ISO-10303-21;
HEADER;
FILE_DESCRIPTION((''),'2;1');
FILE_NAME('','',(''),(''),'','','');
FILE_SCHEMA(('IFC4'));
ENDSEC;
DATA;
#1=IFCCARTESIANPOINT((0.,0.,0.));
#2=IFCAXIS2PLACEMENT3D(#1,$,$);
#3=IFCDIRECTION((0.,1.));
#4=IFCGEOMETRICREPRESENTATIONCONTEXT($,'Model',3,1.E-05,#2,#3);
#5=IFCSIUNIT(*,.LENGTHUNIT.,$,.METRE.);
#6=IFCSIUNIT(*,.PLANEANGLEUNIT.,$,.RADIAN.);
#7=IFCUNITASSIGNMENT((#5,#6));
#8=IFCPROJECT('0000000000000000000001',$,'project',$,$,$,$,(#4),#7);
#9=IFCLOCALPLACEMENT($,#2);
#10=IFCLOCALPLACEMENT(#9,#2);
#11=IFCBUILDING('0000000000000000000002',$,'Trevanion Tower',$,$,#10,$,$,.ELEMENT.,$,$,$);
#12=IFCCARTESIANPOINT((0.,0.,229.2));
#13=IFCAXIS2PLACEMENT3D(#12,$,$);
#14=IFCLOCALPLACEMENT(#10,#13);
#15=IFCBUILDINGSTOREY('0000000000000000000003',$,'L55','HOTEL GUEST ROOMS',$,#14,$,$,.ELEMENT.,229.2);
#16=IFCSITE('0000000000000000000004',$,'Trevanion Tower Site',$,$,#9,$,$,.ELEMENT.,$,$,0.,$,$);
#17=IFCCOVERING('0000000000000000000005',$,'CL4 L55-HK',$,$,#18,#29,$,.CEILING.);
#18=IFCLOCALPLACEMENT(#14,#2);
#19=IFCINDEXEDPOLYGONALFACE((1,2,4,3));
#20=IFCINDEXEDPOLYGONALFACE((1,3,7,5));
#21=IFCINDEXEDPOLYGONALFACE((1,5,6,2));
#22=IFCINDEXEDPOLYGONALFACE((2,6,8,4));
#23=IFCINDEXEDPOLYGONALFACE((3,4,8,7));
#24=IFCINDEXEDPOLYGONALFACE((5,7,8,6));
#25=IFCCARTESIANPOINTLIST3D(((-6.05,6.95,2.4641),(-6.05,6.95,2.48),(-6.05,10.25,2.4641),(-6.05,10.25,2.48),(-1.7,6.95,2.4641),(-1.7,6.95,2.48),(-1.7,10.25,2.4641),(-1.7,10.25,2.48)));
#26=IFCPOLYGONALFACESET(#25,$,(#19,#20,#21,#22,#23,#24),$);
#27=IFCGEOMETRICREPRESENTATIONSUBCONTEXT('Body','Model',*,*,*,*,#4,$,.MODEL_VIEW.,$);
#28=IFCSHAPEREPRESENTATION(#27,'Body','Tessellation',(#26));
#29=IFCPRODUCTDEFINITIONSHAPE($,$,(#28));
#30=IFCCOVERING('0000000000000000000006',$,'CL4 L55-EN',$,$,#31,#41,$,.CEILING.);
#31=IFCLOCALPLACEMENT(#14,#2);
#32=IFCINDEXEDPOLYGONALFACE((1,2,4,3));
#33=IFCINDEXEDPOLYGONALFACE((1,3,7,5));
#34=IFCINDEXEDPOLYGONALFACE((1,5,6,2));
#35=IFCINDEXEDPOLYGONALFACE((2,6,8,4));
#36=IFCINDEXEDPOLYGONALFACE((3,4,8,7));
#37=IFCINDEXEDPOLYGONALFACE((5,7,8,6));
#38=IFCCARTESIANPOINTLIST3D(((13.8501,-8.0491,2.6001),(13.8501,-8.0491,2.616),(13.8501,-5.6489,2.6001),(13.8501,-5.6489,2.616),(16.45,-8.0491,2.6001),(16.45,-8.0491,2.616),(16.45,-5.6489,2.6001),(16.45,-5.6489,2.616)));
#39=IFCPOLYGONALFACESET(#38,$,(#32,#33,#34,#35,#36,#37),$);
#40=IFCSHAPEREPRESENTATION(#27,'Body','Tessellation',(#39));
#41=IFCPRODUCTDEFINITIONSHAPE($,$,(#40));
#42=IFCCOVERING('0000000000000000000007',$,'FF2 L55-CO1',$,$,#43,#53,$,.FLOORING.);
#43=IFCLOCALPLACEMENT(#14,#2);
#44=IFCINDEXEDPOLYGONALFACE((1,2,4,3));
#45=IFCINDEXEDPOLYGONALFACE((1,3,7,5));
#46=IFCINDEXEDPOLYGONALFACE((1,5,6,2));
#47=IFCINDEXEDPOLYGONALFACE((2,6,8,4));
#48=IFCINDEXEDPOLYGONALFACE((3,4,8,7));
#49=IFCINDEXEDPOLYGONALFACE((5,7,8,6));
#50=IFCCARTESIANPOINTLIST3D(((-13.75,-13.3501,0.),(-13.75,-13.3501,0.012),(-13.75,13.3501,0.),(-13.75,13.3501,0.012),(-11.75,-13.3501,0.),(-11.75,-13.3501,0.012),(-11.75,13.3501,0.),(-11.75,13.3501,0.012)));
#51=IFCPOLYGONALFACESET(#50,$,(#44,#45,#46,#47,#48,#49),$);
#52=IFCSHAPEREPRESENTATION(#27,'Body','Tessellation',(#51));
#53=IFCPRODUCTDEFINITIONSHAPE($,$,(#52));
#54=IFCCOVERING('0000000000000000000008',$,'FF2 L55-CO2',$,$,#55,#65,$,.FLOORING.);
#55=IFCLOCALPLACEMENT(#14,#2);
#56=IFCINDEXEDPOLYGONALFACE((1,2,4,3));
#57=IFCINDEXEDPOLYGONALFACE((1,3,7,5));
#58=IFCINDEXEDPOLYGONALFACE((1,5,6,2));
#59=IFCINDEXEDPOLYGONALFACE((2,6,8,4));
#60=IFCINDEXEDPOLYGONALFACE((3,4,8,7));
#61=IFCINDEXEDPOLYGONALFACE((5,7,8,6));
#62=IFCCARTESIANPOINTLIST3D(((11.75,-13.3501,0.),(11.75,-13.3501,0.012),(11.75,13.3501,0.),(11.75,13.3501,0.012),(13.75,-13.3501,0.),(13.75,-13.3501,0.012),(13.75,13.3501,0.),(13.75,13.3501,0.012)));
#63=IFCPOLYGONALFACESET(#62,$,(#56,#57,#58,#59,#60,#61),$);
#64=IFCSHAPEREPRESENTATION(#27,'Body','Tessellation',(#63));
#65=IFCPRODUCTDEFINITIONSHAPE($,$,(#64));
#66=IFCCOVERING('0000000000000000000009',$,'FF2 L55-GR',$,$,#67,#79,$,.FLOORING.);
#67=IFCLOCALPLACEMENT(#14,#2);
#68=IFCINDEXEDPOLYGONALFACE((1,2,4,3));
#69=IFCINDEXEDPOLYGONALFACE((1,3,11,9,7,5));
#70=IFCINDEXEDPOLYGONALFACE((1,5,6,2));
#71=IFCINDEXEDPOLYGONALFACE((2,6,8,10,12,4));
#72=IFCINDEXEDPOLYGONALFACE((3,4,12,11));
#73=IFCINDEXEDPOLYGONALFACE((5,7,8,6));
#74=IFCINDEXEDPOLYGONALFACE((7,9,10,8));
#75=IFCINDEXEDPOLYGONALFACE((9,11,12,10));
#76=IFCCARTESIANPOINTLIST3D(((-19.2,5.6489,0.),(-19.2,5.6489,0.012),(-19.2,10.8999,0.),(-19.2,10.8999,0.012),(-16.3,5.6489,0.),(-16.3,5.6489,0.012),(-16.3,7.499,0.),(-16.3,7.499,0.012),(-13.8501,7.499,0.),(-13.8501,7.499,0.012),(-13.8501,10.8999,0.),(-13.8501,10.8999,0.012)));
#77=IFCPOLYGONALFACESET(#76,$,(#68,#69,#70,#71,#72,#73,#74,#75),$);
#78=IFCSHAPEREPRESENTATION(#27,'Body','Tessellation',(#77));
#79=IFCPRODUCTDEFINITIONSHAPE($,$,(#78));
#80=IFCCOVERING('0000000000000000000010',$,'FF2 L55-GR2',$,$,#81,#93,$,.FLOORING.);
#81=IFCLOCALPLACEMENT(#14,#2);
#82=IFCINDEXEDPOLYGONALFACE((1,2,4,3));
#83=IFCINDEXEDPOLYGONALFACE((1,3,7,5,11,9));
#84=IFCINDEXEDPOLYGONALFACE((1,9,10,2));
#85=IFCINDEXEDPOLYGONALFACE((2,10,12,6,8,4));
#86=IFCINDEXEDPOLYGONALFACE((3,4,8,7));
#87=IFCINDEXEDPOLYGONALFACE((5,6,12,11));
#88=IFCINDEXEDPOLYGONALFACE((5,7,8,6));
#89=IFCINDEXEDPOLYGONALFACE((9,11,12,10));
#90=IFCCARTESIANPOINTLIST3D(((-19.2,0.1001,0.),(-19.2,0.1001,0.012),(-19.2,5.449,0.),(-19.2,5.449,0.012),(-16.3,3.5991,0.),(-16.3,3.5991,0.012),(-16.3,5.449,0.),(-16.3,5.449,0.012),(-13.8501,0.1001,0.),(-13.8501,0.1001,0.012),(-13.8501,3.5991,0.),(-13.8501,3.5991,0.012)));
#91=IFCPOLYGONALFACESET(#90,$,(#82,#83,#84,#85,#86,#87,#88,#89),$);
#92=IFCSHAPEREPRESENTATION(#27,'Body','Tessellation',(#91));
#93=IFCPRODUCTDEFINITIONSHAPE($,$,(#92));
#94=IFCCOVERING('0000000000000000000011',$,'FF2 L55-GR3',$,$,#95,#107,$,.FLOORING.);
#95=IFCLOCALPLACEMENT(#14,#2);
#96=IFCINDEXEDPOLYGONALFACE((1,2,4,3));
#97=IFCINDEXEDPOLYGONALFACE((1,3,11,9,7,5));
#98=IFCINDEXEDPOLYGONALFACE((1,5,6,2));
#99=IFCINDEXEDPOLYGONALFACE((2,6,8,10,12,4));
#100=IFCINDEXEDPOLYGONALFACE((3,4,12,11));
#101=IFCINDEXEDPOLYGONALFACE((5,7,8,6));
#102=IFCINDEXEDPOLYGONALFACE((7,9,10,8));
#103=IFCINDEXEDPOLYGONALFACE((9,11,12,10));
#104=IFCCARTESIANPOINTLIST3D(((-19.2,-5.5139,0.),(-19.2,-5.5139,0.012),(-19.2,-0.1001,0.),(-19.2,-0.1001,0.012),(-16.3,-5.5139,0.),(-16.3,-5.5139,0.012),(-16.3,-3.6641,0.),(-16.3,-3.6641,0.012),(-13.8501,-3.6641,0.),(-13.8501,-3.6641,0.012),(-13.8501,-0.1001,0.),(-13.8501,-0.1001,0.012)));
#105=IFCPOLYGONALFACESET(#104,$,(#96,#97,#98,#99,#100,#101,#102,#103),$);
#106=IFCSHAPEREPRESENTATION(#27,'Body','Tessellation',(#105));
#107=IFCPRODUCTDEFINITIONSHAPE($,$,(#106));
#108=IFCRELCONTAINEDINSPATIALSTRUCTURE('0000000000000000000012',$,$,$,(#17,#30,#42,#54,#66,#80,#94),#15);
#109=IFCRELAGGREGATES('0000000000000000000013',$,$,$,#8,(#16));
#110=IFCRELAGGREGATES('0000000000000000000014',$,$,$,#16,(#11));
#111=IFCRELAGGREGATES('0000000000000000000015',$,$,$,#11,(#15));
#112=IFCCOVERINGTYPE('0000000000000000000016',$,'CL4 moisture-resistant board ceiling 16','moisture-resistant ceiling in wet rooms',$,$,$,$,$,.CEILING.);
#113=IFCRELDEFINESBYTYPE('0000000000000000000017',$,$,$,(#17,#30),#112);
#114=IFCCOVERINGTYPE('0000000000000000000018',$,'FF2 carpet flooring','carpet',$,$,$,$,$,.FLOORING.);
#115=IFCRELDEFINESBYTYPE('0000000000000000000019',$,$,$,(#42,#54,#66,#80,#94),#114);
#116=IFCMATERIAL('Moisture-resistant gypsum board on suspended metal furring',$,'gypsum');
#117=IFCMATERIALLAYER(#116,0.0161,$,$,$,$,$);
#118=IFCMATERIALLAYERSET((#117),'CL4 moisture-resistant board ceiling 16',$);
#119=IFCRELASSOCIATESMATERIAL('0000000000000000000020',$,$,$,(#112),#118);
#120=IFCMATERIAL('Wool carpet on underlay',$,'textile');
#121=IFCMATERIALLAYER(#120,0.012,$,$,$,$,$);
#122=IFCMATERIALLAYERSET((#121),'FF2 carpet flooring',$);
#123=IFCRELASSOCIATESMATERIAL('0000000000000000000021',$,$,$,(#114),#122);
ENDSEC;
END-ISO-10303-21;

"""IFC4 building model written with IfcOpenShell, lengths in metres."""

from ifc_helpers import new_model, si_unit, direction, frame, origin, place, context, subcontext, project, spatial, polyline, outline, extrude, material, layer, layer_set, type_object, element, save


model = new_model("IFC4")

# Units and contexts
model_context = context("Model", 3, precision=1e-05, world=origin(), true_north=direction((0.0, 1.0)))
body_context = subcontext(model_context, "Body", "Model", "MODEL_VIEW")
ifc_project = project(units=[si_unit("LENGTHUNIT", "METRE"), si_unit("PLANEANGLEUNIT", "RADIAN")], contexts=[model_context])

# Site, building, storey
site_placement = place(None, origin())
site = spatial("IfcSite", under=ifc_project, at=site_placement, Name="Trevanion Tower Site", CompositionType="ELEMENT", RefElevation=0.0)
building_placement = place(site_placement, origin())
building = spatial("IfcBuilding", under=site, at=building_placement, Name="Trevanion Tower", CompositionType="ELEMENT")
storey_placement = place(building_placement, frame((0.0, 0.0, 229.2)))
storey = spatial("IfcBuildingStorey", under=building, at=storey_placement, Name="L55", Description="HOTEL GUEST ROOMS", CompositionType="ELEMENT", Elevation=229.2)

# Coverings
ifc_material_1 = material(Name="Moisture-resistant gypsum board on suspended metal furring", Category="gypsum")
ifc_layer_1 = layer(ifc_material_1, 0.0161)
ifc_layer_set_1 = layer_set([ifc_layer_1], Name="CL4 moisture-resistant board ceiling 16")
covering_type_1 = type_object("IfcCoveringType", Name="CL4 moisture-resistant board ceiling 16", Description="moisture-resistant ceiling in wet rooms", PredefinedType="CEILING", material=ifc_layer_set_1)
covering_1_placement = place(storey_placement, frame((0.0, 0.0, 2.4641)))
element("IfcCovering", 1, at=covering_1_placement, inside=storey, type_object=covering_type_1, Name="CL4 L55-HK", PredefinedType="CEILING", context=body_context, shape_type="SweptSolid", body=[
    extrude(outline(polyline([(-1.7, 6.95), (-1.7, 10.25), (-6.05, 10.25), (-6.05, 6.95), (-1.7, 6.95)])), origin(), (0.0, 0.0, 1.0), 0.0159),
])
covering_2_placement = place(storey_placement, frame((0.0, 0.0, 2.6001)))
element("IfcCovering", 2, at=covering_2_placement, inside=storey, type_object=covering_type_1, Name="CL4 L55-EN", PredefinedType="CEILING", context=body_context, shape_type="SweptSolid", body=[
    extrude(outline(polyline([(16.45, -8.0491), (16.45, -5.6489), (13.8501, -5.6489), (13.8501, -8.0491), (16.45, -8.0491)])), origin(), (0.0, 0.0, 1.0), 0.0159),
])
ifc_material_2 = material(Name="Wool carpet on underlay", Category="textile")
ifc_layer_2 = layer(ifc_material_2, 0.012)
ifc_layer_set_2 = layer_set([ifc_layer_2], Name="FF2 carpet flooring")
covering_type_2 = type_object("IfcCoveringType", Name="FF2 carpet flooring", Description="carpet", PredefinedType="FLOORING", material=ifc_layer_set_2)
covering_3_placement = place(storey_placement, origin())
element("IfcCovering", 3, at=covering_3_placement, inside=storey, type_object=covering_type_2, Name="FF2 L55-CO1", PredefinedType="FLOORING", context=body_context, shape_type="SweptSolid", body=[
    extrude(outline(polyline([(-11.75, 13.3501), (-11.75, -13.3501), (-13.75, -13.3501), (-13.75, 13.3501), (-11.75, 13.3501)])), origin(), (0.0, 0.0, 1.0), 0.012),
])
covering_4_placement = place(storey_placement, origin())
element("IfcCovering", 4, at=covering_4_placement, inside=storey, type_object=covering_type_2, Name="FF2 L55-CO2", PredefinedType="FLOORING", context=body_context, shape_type="SweptSolid", body=[
    extrude(outline(polyline([(11.75, -13.3501), (11.75, 13.3501), (13.75, 13.3501), (13.75, -13.3501), (11.75, -13.3501)])), origin(), (0.0, 0.0, 1.0), 0.012),
])
covering_5_placement = place(storey_placement, origin())
element("IfcCovering", 5, at=covering_5_placement, inside=storey, type_object=covering_type_2, Name="FF2 L55-GR", PredefinedType="FLOORING", context=body_context, shape_type="SweptSolid", body=[
    extrude(outline(polyline([(-13.8501, 7.499), (-16.3, 7.499), (-16.3, 5.6489), (-19.2, 5.6489), (-19.2, 10.8999), (-13.8501, 10.8999), (-13.8501, 7.499)])), origin(), (0.0, 0.0, 1.0), 0.012),
])
covering_6_placement = place(storey_placement, origin())
element("IfcCovering", 6, at=covering_6_placement, inside=storey, type_object=covering_type_2, Name="FF2 L55-GR2", PredefinedType="FLOORING", context=body_context, shape_type="SweptSolid", body=[
    extrude(outline(polyline([(-13.8501, 0.1001), (-19.2, 0.1001), (-19.2, 5.449), (-16.3, 5.449), (-16.3, 3.5991), (-13.8501, 3.5991), (-13.8501, 0.1001)])), origin(), (0.0, 0.0, 1.0), 0.012),
])
covering_7_placement = place(storey_placement, origin())
element("IfcCovering", 7, at=covering_7_placement, inside=storey, type_object=covering_type_2, Name="FF2 L55-GR3", PredefinedType="FLOORING", context=body_context, shape_type="SweptSolid", body=[
    extrude(outline(polyline([(-13.8501, -3.6641), (-16.3, -3.6641), (-16.3, -5.5139), (-19.2, -5.5139), (-19.2, -0.1001), (-13.8501, -0.1001), (-13.8501, -3.6641)])), origin(), (0.0, 0.0, 1.0), 0.012),
])

save(model, "model.ifc")
